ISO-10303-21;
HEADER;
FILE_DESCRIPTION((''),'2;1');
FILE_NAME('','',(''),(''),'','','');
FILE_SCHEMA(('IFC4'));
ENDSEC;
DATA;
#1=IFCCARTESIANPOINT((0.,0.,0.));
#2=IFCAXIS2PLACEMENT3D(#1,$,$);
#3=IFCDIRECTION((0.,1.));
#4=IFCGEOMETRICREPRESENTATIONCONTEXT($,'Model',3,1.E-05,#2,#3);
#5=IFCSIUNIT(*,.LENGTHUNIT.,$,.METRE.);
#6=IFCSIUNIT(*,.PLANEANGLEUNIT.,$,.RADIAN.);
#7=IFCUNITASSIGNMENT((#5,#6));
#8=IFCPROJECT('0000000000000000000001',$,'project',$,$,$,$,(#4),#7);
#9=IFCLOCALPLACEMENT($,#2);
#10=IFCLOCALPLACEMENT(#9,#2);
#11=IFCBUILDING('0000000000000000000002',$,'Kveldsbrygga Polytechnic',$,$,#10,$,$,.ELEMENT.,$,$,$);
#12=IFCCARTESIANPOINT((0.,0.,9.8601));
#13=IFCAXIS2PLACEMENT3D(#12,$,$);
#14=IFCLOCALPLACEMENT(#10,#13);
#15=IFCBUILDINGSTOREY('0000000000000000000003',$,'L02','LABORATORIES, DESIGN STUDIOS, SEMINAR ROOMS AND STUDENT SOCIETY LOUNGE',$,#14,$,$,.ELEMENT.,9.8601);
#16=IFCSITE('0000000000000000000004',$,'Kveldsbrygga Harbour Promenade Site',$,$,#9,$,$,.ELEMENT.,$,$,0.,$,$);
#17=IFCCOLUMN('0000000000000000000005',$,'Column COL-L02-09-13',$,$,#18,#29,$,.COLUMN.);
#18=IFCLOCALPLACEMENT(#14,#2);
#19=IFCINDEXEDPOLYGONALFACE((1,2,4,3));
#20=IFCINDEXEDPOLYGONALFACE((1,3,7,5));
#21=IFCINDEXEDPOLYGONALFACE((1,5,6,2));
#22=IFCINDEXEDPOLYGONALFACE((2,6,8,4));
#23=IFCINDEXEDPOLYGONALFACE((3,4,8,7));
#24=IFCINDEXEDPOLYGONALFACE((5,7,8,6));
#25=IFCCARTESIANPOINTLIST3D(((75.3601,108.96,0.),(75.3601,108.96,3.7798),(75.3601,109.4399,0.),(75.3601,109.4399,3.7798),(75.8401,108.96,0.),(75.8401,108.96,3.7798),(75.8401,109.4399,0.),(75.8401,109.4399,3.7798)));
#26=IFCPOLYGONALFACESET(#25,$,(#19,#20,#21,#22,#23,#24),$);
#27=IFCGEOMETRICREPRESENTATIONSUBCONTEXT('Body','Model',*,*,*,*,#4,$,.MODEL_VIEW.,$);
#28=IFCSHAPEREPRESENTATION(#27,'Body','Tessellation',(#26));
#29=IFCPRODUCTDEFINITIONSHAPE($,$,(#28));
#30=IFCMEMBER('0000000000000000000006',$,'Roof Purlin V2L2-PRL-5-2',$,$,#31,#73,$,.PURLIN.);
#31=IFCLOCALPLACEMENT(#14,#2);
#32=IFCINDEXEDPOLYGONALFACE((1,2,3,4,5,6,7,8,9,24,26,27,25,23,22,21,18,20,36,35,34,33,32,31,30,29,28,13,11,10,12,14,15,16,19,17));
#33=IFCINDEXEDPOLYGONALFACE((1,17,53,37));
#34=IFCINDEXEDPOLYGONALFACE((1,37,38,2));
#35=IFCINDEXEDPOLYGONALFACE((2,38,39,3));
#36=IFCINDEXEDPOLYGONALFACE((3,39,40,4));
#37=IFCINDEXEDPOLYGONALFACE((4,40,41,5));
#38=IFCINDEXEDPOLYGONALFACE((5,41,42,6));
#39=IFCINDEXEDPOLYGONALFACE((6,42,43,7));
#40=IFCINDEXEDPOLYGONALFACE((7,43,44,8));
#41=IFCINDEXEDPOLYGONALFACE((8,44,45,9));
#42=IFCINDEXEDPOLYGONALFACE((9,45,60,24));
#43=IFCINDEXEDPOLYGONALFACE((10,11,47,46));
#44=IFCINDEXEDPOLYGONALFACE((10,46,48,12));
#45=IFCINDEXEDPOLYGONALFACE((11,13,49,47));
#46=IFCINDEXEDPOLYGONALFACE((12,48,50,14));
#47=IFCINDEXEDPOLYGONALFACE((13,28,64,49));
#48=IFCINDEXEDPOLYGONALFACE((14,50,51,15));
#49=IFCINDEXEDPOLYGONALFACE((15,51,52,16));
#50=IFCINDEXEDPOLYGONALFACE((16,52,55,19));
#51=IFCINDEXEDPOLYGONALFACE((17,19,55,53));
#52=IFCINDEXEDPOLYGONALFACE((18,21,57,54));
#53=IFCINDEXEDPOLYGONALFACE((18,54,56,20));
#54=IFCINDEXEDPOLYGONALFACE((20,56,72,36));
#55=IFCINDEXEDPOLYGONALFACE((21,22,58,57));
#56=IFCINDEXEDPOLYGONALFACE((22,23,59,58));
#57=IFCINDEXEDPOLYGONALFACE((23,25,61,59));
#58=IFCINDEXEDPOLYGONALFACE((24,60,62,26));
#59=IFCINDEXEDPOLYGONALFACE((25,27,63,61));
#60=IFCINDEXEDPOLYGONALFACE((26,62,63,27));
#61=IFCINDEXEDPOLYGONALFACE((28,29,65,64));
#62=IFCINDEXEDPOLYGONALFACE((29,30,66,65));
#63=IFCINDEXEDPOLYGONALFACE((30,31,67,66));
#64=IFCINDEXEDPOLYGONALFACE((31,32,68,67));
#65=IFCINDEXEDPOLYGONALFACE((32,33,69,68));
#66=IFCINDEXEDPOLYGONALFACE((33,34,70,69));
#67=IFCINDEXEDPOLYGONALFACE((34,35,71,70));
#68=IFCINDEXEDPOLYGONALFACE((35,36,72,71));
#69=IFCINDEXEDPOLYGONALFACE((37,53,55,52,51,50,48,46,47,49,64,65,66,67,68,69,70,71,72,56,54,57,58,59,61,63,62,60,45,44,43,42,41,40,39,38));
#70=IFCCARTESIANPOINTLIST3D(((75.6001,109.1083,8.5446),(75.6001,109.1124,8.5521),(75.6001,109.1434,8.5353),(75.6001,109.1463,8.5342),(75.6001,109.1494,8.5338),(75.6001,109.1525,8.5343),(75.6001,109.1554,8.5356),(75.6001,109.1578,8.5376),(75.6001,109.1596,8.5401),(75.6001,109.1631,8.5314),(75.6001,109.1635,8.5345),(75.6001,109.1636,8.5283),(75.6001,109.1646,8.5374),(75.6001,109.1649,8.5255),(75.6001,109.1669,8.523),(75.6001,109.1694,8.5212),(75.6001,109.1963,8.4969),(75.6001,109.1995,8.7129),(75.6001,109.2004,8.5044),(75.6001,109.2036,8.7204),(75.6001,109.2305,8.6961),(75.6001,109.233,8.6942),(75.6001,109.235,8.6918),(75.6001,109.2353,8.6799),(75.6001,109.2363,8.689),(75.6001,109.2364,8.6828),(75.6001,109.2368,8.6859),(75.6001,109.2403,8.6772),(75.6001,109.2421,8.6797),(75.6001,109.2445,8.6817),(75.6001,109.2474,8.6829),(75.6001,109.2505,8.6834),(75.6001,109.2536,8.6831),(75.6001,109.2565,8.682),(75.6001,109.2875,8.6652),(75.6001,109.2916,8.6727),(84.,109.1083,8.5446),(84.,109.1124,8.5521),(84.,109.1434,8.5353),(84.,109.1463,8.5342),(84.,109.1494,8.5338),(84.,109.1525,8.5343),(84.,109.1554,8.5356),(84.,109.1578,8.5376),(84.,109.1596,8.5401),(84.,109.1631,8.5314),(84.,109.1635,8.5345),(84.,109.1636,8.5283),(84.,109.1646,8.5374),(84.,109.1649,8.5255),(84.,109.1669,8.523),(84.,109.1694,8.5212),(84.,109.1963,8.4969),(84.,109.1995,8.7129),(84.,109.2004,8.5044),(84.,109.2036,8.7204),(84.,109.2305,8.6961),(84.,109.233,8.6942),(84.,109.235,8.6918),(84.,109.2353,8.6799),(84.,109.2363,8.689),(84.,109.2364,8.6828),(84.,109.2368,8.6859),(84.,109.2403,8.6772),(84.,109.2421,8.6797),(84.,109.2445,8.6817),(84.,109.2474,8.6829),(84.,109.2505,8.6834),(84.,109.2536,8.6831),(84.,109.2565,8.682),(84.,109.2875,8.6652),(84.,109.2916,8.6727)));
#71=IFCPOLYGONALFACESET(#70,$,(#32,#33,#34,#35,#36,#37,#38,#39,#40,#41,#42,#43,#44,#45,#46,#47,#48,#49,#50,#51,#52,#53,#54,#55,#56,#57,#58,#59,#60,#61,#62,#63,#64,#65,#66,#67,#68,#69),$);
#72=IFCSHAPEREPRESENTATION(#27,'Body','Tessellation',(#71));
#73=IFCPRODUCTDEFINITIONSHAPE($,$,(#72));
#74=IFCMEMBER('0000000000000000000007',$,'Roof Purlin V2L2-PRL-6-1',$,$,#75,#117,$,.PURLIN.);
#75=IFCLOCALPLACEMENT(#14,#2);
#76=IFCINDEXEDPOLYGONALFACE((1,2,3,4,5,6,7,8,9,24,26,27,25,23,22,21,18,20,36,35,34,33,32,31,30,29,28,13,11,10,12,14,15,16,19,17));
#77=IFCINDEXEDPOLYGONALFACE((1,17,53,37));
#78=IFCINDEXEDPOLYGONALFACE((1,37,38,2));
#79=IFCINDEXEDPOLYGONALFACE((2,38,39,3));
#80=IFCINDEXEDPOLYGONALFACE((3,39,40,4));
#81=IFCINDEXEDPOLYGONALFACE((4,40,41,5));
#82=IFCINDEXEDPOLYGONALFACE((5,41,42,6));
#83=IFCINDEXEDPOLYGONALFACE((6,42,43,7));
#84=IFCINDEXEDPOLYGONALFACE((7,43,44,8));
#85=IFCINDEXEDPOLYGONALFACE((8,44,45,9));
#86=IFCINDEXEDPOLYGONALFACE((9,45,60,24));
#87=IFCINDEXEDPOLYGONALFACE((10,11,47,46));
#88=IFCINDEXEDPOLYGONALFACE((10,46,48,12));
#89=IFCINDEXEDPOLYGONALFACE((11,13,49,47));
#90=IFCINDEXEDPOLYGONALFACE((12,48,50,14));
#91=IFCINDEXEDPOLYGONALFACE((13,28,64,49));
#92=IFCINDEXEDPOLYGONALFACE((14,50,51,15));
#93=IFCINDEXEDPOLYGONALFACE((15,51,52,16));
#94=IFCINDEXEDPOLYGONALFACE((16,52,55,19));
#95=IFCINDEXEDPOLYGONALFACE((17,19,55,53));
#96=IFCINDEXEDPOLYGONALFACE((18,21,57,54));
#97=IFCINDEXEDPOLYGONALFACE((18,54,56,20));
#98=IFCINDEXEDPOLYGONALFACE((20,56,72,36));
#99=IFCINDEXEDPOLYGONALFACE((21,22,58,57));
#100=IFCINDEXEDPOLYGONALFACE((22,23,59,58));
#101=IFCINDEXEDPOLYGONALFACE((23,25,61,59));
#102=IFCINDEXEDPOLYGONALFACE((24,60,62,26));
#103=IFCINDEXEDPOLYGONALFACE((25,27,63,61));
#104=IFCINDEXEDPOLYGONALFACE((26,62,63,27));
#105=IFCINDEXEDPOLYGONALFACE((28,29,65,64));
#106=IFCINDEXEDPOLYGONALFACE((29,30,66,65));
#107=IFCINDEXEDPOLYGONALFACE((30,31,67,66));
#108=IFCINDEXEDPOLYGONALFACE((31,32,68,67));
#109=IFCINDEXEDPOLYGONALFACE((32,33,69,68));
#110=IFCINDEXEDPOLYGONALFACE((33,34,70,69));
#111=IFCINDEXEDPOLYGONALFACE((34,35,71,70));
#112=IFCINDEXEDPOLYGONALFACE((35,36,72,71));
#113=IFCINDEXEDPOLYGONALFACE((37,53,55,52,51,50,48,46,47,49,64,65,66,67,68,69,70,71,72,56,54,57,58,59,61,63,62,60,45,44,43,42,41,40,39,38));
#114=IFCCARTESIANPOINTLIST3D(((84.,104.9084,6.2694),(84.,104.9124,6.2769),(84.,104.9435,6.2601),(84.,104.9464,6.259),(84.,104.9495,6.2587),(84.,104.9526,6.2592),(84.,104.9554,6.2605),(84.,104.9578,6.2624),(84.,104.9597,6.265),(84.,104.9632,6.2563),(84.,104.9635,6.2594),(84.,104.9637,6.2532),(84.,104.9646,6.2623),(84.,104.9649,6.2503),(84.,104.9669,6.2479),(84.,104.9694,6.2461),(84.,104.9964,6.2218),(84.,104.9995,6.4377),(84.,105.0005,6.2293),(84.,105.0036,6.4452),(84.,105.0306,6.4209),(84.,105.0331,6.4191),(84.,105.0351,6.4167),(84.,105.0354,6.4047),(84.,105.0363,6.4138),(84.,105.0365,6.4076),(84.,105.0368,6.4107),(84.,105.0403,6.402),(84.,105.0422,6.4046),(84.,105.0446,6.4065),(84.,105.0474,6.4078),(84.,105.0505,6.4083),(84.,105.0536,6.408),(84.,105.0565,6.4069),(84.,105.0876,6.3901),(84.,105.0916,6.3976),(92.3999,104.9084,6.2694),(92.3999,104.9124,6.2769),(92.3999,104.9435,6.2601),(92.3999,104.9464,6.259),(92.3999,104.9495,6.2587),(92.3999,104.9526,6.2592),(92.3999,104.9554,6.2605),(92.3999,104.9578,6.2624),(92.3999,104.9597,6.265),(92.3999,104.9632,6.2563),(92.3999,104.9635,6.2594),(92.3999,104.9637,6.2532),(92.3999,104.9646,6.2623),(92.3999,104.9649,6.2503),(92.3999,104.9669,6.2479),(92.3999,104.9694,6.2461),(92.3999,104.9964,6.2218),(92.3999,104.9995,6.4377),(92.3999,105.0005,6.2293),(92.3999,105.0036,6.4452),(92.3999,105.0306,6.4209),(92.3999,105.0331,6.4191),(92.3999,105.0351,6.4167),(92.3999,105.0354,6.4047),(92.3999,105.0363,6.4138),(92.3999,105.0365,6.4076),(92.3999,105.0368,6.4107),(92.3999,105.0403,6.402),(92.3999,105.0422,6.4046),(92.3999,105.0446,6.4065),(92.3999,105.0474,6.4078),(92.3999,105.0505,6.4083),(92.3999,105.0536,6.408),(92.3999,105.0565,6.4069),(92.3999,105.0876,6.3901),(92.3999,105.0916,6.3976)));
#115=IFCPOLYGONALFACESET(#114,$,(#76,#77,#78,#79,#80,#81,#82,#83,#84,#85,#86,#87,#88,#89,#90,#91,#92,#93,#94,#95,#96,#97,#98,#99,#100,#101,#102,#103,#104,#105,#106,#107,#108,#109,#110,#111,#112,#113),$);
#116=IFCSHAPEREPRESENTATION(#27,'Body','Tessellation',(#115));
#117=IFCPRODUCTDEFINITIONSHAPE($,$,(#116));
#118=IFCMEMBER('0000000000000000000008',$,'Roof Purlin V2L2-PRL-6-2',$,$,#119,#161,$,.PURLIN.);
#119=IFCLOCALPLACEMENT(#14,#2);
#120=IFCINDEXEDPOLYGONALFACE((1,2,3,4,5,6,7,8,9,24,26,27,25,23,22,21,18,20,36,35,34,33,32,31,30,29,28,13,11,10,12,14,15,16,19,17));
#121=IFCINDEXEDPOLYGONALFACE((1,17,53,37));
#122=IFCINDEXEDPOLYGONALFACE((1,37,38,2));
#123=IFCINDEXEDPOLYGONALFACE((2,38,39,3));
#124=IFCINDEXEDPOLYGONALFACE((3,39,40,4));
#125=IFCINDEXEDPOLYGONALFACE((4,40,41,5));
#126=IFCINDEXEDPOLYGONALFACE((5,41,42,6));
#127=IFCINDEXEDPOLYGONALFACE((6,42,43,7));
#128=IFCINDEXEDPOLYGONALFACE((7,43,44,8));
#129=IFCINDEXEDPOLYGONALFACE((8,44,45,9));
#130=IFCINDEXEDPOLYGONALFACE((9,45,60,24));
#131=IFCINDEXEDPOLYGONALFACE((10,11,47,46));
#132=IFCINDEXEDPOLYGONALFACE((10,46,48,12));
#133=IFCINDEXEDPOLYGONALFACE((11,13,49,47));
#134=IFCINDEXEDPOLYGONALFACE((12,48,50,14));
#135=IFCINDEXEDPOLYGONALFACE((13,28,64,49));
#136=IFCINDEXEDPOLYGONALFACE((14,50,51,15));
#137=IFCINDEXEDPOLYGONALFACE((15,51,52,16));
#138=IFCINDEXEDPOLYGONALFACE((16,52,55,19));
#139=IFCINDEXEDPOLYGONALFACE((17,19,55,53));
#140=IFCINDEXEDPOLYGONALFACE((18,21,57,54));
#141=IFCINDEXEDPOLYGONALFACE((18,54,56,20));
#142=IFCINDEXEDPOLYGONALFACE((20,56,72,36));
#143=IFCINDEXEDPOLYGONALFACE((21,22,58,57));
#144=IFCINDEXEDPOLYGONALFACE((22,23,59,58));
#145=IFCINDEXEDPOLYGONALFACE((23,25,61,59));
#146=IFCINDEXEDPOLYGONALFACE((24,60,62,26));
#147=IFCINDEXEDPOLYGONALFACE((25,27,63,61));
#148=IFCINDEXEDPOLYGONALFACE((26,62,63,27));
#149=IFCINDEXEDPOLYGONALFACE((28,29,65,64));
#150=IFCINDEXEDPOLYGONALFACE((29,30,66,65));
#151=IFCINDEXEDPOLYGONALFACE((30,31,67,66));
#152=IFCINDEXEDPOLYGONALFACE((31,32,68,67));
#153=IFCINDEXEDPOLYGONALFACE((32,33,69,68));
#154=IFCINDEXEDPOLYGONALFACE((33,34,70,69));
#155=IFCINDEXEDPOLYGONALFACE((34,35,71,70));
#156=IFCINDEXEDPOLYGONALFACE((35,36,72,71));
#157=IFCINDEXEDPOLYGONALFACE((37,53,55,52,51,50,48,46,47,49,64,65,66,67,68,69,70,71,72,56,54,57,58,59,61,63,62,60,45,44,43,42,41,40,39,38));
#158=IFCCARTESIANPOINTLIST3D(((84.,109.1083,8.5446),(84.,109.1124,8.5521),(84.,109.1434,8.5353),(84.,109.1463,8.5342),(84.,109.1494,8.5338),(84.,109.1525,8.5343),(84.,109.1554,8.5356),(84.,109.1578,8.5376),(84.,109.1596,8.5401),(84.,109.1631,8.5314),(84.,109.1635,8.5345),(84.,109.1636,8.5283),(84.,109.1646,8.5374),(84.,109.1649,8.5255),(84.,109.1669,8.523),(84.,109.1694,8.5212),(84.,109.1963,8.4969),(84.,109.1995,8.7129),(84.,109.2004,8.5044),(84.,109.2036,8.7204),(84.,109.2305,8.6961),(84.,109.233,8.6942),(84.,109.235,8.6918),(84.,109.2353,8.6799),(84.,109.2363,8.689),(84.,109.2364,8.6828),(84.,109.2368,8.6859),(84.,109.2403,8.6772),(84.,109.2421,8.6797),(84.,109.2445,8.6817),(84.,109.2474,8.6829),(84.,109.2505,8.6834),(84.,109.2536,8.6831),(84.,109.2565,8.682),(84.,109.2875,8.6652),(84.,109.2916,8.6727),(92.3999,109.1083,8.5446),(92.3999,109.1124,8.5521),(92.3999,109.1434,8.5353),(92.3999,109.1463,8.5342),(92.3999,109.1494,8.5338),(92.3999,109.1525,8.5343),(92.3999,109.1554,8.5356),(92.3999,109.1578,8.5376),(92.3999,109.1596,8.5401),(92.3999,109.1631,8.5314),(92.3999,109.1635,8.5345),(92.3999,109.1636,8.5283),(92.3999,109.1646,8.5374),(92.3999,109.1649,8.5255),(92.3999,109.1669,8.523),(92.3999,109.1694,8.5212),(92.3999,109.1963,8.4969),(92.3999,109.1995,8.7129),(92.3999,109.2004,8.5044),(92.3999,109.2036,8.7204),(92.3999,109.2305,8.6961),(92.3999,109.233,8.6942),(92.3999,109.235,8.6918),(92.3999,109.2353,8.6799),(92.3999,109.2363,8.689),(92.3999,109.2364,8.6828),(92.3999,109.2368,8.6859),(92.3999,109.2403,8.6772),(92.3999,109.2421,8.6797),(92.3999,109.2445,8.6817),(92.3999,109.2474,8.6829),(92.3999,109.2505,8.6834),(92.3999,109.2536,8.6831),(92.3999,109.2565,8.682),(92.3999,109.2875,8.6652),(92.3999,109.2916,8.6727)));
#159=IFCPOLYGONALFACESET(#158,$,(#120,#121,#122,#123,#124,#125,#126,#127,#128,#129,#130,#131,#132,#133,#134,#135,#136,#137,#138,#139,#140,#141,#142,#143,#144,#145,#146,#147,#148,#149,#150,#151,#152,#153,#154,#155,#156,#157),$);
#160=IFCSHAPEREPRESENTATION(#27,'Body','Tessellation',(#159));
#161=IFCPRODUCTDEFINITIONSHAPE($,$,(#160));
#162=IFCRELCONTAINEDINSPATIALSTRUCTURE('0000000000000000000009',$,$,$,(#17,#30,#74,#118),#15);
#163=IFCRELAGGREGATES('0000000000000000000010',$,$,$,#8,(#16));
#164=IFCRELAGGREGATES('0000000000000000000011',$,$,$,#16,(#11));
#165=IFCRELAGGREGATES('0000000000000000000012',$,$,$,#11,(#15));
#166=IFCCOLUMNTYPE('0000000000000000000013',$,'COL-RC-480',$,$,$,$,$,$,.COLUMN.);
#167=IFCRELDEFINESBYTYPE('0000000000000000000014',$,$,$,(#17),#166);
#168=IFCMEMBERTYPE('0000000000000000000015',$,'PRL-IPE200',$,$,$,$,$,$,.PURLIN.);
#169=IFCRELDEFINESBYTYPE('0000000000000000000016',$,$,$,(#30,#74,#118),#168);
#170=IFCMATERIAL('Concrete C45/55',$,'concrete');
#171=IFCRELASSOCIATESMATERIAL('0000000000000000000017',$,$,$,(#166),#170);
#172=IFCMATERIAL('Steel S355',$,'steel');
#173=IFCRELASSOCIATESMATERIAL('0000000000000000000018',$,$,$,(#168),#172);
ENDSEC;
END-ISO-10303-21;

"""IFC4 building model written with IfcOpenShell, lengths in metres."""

from ifc_helpers import new_model, si_unit, direction, frame, origin, origin_2d, place, context, subcontext, project, spatial, rectangle, i_section, extrude, material, material_profile, profile_set, type_object, element, save


model = new_model("IFC4")

# Units and contexts
model_context = context("Model", 3, precision=1e-05, world=origin(), true_north=direction((0.0, 1.0)))
body_context = subcontext(model_context, "Body", "Model", "MODEL_VIEW")
ifc_project = project(units=[si_unit("LENGTHUNIT", "METRE"), si_unit("PLANEANGLEUNIT", "RADIAN")], contexts=[model_context])

# Site, building, storey
site_placement = place(None, origin())
site = spatial("IfcSite", under=ifc_project, at=site_placement, Name="Kveldsbrygga Harbour Promenade Site", CompositionType="ELEMENT", RefElevation=0.0)
building_placement = place(site_placement, origin())
building = spatial("IfcBuilding", under=site, at=building_placement, Name="Kveldsbrygga Polytechnic", CompositionType="ELEMENT")
storey_placement = place(building_placement, frame((0.0, 0.0, 9.8601)))
storey = spatial("IfcBuildingStorey", under=building, at=storey_placement, Name="L02", Description="LABORATORIES, DESIGN STUDIOS, SEMINAR ROOMS AND STUDENT SOCIETY LOUNGE", CompositionType="ELEMENT", Elevation=9.8601)

# Column
ifc_material_1 = material(Name="Concrete C45/55", Category="concrete")
ifc_material_profile_1 = material_profile(ifc_material_1, rectangle(XDim=0.48, YDim=0.48, at=origin_2d()), Name="RC 480x480")
ifc_profile_set_1 = profile_set([ifc_material_profile_1], Name="Concrete C45/55")
column_type = type_object("IfcColumnType", Name="COL-RC-480", PredefinedType="COLUMN", material=ifc_profile_set_1)
column_placement = place(storey_placement, frame((75.6001, 109.2, 0.0), z_axis=(0.0, 0.0, 1.0), x_axis=(1.0, 0.0, 0.0)))
element("IfcColumn", 1, at=column_placement, inside=storey, type_object=column_type, Name="Column COL-L02-09-13", PredefinedType="COLUMN", context=body_context, shape_type="SweptSolid", body=[
    extrude(rectangle(XDim=0.48, YDim=0.48, at=origin_2d()), origin(), (0.0, 0.0, 1.0), 3.7798),
])

# Members
ifc_material_2 = material(Name="Steel S355", Category="steel")
ifc_material_profile_2 = material_profile(ifc_material_2, i_section(OverallWidth=0.1001, OverallDepth=0.2, WebThickness=0.0056, FlangeThickness=0.0085, FilletRadius=0.012, at=origin_2d()), Name="IPE 200")
ifc_profile_set_2 = profile_set([ifc_material_profile_2], Name="Steel S355")
member_type_1 = type_object("IfcMemberType", Name="PRL-IPE200", PredefinedType="PURLIN", material=ifc_profile_set_2)
for number, where, z_axis, x_axis, name in (
    (2, (75.6001, 109.2, 8.6086), (1.0, 0.0, 0.0), (0.0, 0.879292, -0.476283), "Roof Purlin V2L2-PRL-5-2"),
    (3, (84.0, 105.0, 6.3335), (1.0, 0.0, 0.0), (0.0, 0.879292, -0.476283), "Roof Purlin V2L2-PRL-6-1"),
    (4, (84.0, 109.2, 8.6086), (1.0, 0.0, 0.0), (0.0, 0.879292, -0.476283), "Roof Purlin V2L2-PRL-6-2"),
):
    element("IfcMember", number, at=place(storey_placement, frame(where, z_axis=z_axis, x_axis=x_axis)), inside=storey, type_object=member_type_1, Name=name, PredefinedType="PURLIN", context=body_context, shape_type="SweptSolid", body=[
        extrude(i_section(OverallWidth=0.1001, OverallDepth=0.2, WebThickness=0.0056, FlangeThickness=0.0085, FilletRadius=0.012, at=origin_2d()), origin(), (0.0, 0.0, 1.0), 8.3999),
    ])

save(model, "model.ifc")
